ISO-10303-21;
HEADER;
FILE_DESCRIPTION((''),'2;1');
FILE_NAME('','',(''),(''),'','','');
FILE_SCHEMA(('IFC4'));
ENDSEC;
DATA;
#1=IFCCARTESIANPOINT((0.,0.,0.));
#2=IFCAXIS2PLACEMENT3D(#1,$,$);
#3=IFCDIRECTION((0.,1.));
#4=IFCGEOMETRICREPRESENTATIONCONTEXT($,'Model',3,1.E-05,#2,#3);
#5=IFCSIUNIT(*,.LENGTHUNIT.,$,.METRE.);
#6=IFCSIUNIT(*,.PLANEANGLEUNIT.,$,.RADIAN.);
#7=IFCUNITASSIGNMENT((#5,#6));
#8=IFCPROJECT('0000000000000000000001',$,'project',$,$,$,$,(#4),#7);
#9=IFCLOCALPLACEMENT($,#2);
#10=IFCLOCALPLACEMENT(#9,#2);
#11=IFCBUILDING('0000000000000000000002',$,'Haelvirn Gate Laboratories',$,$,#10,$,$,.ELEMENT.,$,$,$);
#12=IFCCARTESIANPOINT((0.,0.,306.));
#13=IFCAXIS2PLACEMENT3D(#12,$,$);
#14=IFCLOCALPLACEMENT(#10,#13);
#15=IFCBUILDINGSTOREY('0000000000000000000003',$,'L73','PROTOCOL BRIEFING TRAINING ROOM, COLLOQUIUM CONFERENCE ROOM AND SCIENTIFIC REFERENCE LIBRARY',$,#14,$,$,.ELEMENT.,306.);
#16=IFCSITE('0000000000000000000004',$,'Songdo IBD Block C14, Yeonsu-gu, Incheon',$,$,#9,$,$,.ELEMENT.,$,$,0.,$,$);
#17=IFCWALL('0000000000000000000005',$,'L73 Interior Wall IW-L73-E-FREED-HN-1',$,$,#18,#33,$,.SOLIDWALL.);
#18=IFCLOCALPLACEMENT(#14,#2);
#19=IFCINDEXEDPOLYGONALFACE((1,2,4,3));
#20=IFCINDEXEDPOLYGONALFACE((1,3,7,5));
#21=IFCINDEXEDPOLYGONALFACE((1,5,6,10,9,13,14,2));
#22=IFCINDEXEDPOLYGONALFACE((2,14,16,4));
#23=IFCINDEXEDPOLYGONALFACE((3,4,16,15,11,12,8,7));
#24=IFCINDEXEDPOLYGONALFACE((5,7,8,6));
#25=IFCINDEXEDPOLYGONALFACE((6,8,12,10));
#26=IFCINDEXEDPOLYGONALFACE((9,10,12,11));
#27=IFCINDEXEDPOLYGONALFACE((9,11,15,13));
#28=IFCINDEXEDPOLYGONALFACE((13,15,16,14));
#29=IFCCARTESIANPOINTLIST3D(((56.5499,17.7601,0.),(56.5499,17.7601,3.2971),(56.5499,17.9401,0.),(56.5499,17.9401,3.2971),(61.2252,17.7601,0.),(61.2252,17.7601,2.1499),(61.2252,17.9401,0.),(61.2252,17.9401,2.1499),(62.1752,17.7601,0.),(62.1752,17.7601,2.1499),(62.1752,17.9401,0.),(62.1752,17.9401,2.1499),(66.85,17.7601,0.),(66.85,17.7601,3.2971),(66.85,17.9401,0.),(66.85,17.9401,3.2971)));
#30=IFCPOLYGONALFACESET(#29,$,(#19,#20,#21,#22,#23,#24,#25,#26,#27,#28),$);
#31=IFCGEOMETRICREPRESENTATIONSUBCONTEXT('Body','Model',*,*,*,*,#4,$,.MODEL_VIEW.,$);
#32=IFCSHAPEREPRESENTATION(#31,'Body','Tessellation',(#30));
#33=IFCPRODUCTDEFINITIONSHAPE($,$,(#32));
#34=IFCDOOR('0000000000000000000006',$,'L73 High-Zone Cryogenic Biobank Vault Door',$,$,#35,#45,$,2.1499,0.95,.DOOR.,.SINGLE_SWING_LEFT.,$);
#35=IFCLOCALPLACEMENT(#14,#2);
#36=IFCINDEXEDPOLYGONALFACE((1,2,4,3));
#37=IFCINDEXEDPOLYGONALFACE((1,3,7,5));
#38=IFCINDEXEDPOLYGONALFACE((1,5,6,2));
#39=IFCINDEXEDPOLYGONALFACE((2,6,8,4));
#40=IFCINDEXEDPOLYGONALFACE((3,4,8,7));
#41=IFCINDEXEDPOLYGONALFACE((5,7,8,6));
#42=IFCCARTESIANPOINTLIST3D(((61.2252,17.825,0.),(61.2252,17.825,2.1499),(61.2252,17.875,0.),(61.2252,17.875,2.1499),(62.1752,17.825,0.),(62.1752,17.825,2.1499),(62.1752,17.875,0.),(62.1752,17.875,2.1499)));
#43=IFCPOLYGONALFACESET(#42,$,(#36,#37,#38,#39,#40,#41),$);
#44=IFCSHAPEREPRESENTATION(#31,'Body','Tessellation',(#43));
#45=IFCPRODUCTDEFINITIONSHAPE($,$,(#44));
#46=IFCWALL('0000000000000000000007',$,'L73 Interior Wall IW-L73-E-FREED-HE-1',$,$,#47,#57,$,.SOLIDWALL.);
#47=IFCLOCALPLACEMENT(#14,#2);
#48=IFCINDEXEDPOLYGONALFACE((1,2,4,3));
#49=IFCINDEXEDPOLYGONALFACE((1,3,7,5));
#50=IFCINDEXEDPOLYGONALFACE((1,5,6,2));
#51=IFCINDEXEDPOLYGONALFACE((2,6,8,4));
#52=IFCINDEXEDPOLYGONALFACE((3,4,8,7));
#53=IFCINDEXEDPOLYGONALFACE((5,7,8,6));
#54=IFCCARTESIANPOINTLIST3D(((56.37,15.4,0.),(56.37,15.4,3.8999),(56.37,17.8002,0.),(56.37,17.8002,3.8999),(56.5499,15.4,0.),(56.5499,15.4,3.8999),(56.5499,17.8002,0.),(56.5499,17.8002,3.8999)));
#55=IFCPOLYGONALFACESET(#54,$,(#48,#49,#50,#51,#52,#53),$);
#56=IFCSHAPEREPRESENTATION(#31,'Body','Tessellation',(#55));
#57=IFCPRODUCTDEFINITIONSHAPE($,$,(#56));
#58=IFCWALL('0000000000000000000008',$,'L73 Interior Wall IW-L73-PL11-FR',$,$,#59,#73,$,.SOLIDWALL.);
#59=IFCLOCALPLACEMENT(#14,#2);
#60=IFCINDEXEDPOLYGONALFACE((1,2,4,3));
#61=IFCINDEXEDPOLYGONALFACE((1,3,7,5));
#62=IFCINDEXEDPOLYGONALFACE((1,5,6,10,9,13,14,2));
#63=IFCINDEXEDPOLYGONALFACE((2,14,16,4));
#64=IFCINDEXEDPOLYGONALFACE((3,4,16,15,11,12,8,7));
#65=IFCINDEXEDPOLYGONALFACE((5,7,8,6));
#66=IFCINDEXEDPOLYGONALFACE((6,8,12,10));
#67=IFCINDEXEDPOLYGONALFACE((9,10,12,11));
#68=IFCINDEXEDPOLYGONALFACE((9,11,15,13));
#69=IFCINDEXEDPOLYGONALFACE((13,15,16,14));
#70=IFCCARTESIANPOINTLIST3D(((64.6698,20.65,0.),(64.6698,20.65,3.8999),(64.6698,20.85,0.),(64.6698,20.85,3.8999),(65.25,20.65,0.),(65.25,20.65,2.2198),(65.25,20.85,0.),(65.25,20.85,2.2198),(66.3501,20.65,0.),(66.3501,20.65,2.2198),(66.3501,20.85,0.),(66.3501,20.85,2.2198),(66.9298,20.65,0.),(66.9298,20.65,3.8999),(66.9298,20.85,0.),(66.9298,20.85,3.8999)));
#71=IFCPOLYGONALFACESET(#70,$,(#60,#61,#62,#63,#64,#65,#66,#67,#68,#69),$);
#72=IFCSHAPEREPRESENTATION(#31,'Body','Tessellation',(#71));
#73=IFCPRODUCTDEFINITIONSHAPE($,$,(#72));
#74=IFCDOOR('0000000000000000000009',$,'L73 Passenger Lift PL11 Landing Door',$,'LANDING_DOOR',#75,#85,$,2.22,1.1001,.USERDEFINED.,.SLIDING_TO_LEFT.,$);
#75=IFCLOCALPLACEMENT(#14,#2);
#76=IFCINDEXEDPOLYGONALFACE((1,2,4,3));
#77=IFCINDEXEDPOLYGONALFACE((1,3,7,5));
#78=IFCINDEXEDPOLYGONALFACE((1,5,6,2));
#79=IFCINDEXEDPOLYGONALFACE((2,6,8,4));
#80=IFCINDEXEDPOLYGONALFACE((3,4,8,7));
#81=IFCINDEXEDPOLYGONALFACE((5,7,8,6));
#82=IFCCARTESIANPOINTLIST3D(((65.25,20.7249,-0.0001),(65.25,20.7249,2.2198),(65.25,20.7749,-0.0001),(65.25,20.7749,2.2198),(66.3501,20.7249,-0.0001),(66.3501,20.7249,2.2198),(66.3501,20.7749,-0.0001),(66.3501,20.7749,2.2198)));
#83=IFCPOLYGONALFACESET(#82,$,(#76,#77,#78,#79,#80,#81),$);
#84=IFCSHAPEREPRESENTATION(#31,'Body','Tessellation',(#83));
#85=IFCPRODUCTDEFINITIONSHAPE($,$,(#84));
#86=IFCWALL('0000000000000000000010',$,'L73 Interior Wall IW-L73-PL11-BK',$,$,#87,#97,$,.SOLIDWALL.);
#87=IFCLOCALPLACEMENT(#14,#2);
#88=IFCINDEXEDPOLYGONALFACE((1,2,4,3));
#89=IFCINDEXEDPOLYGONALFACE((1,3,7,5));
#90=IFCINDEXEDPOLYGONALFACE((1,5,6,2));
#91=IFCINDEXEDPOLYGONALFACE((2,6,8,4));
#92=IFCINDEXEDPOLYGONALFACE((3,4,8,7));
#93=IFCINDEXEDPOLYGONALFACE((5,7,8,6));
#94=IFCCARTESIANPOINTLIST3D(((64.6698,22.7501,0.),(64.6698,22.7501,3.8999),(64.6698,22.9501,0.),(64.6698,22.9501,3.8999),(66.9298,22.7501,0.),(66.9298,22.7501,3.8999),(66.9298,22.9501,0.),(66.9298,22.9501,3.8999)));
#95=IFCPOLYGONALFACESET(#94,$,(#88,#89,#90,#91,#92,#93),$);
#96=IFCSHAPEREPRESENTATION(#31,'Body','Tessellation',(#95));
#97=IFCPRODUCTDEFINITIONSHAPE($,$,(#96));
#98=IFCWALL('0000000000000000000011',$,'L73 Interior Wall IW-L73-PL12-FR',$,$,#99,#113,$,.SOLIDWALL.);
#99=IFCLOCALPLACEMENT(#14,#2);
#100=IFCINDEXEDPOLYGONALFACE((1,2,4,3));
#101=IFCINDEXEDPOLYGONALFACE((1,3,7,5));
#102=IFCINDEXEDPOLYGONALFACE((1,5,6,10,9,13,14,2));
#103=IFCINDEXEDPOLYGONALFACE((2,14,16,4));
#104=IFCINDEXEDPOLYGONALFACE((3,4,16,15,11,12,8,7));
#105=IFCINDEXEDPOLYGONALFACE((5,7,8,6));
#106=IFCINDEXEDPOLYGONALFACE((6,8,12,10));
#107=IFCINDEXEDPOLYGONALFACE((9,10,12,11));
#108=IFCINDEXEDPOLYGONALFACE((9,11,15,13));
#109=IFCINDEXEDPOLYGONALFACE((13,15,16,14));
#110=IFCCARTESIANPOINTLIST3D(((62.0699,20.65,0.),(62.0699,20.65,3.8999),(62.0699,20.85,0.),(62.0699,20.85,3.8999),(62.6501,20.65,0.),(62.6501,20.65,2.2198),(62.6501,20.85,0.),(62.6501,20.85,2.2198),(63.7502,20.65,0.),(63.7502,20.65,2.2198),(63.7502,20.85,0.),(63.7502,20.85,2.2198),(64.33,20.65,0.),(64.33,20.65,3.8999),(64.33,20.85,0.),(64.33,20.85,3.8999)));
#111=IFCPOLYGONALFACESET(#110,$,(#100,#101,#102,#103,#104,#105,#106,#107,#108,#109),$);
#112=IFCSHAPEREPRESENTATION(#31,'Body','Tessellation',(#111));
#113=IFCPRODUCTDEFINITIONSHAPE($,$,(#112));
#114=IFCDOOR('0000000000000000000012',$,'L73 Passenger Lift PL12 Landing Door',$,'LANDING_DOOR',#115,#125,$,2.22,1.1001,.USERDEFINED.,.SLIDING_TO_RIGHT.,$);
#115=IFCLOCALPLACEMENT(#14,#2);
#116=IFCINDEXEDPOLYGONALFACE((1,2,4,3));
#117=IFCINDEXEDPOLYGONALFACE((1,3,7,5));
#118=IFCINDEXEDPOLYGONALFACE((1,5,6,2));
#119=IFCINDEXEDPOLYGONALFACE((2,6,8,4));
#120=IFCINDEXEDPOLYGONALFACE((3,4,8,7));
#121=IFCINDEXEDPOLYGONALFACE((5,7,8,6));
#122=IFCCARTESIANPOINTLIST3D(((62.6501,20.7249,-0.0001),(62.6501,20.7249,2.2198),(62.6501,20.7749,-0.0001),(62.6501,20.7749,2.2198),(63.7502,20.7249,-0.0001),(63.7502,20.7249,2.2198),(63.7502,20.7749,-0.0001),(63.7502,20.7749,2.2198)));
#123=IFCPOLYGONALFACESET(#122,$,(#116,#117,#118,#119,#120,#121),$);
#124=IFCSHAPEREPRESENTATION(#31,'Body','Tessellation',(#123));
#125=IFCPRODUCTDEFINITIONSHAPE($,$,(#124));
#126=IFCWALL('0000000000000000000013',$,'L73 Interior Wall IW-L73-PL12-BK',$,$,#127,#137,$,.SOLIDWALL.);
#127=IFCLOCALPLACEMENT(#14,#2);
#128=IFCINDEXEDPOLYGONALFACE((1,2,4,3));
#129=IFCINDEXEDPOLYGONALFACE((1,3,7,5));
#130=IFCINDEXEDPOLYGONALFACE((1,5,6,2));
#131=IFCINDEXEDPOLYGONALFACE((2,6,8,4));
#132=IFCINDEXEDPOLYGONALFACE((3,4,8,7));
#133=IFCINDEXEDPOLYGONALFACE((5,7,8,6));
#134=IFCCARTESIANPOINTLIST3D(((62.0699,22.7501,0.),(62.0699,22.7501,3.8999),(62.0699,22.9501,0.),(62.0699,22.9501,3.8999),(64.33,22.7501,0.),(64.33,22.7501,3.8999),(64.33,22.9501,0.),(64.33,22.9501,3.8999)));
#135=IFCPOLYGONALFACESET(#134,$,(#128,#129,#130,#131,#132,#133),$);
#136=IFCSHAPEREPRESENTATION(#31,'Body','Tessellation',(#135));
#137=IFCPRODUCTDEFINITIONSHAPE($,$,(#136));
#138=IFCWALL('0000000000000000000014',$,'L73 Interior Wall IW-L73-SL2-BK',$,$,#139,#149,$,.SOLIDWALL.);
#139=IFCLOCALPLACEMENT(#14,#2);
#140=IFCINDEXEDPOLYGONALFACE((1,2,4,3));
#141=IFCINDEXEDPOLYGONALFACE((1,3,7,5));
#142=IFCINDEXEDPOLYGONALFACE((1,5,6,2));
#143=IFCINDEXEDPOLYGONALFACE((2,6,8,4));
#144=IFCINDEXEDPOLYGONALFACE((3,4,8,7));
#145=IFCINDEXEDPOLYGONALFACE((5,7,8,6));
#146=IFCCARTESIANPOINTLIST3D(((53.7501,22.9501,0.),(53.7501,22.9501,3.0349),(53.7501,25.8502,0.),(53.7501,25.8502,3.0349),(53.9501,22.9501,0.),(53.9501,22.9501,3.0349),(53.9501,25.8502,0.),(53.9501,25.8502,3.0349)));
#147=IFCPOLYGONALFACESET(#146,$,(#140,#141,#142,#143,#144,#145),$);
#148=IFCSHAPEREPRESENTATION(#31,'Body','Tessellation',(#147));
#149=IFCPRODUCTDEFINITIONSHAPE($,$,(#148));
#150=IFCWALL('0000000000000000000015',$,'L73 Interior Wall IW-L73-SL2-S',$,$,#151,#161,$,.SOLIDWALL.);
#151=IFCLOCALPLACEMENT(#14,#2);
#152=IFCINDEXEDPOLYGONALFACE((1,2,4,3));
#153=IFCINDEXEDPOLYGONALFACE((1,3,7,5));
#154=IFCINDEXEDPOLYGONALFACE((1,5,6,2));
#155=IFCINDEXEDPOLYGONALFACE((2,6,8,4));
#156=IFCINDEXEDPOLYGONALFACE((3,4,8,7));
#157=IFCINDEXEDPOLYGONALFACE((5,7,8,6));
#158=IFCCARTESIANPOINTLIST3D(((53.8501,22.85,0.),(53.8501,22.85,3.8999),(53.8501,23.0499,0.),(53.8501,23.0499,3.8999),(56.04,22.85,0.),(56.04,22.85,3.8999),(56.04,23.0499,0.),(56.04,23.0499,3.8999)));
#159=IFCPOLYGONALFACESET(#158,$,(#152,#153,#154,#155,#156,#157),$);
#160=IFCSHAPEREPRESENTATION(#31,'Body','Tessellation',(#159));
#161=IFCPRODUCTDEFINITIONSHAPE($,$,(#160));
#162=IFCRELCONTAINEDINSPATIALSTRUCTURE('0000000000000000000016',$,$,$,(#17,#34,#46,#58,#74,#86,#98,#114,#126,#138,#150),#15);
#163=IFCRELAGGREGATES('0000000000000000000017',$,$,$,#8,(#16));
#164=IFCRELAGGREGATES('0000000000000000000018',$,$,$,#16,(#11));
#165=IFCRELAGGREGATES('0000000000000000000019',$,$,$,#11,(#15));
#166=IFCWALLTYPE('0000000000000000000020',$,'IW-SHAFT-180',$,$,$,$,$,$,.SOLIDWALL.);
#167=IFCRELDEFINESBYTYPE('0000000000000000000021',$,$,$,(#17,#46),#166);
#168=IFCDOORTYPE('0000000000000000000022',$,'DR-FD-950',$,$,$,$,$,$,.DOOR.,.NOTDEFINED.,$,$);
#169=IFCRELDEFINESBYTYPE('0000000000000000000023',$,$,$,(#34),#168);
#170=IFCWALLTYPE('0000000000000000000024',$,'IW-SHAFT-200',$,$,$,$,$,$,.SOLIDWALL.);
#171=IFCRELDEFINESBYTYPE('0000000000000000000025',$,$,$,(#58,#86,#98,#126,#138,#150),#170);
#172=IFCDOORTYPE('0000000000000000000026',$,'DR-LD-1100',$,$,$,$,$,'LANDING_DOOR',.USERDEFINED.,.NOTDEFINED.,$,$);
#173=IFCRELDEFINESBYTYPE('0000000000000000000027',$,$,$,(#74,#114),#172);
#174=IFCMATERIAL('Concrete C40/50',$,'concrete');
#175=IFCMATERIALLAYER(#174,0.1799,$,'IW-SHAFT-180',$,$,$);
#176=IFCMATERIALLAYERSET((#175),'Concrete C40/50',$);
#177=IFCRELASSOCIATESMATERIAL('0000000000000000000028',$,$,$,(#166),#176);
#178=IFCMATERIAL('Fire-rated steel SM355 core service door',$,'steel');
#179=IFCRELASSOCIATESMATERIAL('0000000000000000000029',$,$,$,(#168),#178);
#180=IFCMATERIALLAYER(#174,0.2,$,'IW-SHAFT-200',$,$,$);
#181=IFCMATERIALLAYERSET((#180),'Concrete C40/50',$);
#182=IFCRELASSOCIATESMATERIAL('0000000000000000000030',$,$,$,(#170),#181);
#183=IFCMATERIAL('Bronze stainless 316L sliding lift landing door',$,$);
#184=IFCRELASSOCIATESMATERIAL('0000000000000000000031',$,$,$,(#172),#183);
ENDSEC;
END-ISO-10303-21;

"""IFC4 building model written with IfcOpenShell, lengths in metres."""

from ifc_helpers import new_model, si_unit, direction, frame, frame_2d, origin, place, context, subcontext, project, spatial, rectangle, extrude, source, transform, mapped, material, layer, layer_set, type_object, type_shapes, element, fill, save


model = new_model("IFC4")

# Units and contexts
model_context = context("Model", 3, precision=1e-05, world=origin(), true_north=direction((0.0, 1.0)))
body_context = subcontext(model_context, "Body", "Model", "MODEL_VIEW")
ifc_project = project(units=[si_unit("LENGTHUNIT", "METRE"), si_unit("PLANEANGLEUNIT", "RADIAN")], contexts=[model_context])

# Site, building, storey
site_placement = place(None, origin())
site = spatial("IfcSite", under=ifc_project, at=site_placement, Name="Songdo IBD Block C14, Yeonsu-gu, Incheon", CompositionType="ELEMENT", RefElevation=0.0)
building_placement = place(site_placement, origin())
building = spatial("IfcBuilding", under=site, at=building_placement, Name="Haelvirn Gate Laboratories", CompositionType="ELEMENT")
storey_placement = place(building_placement, frame((0.0, 0.0, 306.0)))
storey = spatial("IfcBuildingStorey", under=building, at=storey_placement, Name="L73", Description="PROTOCOL BRIEFING TRAINING ROOM, COLLOQUIUM CONFERENCE ROOM AND SCIENTIFIC REFERENCE LIBRARY", CompositionType="ELEMENT", Elevation=306.0)

# Shared definitions
ifc_material_1 = material(Name="Concrete C40/50", Category="concrete")
ifc_layer_1 = layer(ifc_material_1, 0.1799, Name="IW-SHAFT-180")
ifc_layer_set_1 = layer_set([ifc_layer_1], Name="Concrete C40/50")
wall_type_1 = type_object("IfcWallType", Name="IW-SHAFT-180", PredefinedType="SOLIDWALL", material=ifc_layer_set_1)

# Wall, opening, door
wall_1_placement = place(storey_placement, frame((56.55, 17.8501, 0.0), z_axis=(0.0, 0.0, 1.0), x_axis=(1.0, 0.0, 0.0)))
wall_1 = element("IfcWall", 1, at=wall_1_placement, inside=storey, type_object=wall_type_1, Name="L73 Interior Wall IW-L73-E-FREED-HN-1", PredefinedType="SOLIDWALL", context=body_context, shape_type="SweptSolid", body=[
    extrude(rectangle(XDim=10.3, YDim=0.1799, at=frame_2d((5.1499, 0.0))), origin(), (0.0, 0.0, 1.0), 3.2971),
])
opening_1_placement = place(wall_1_placement, frame((4.675, 0.0, 0.0)))
opening_1 = element("IfcOpeningElement", 2, at=opening_1_placement, cuts=wall_1, PredefinedType="OPENING", context=body_context, shape_type="SweptSolid", body=[
    extrude(rectangle(XDim=0.95, YDim=2.1499, at=frame_2d((0.4751, 1.075))), frame((0.0, 0.1001, 0.0), z_axis=(0.0, -1.0, 0.0), x_axis=(1.0, 0.0, 0.0)), (0.0, 0.0, 1.0), 0.2),
])
ifc_material_2 = material(Name="Fire-rated steel SM355 core service door", Category="steel")
door_type_1 = type_object("IfcDoorType", Name="DR-FD-950", OperationType="NOTDEFINED", PredefinedType="DOOR", material=ifc_material_2)
shared_shape_1 = source(origin(), body_context, "Body", "SweptSolid", [
    extrude(rectangle(XDim=0.95, YDim=2.1499, at=frame_2d((0.4751, 1.075))), frame((0.0, 0.0249, 0.0), z_axis=(0.0, -1.0, 0.0), x_axis=(1.0, 0.0, 0.0)), (0.0, 0.0, 1.0), 0.05),
])
type_shapes(door_type_1, [shared_shape_1])
door_1_placement = place(opening_1_placement, origin())
door_1 = element("IfcDoor", 3, at=door_1_placement, inside=storey, type_object=door_type_1, Name="L73 High-Zone Cryogenic Biobank Vault Door", OperationType="SINGLE_SWING_LEFT", OverallHeight=2.1499, OverallWidth=0.95, PredefinedType="DOOR", context=body_context, shape_type="MappedRepresentation", body=[
    mapped(shared_shape_1, transform((0.0, 0.0, 0.0), scale=1.0)),
])
fill(opening_1, door_1)

# Wall
wall_2_placement = place(storey_placement, frame((56.46, 15.3999, 0.0), z_axis=(0.0, 0.0, 1.0), x_axis=(0.0, 1.0, 0.0)))
element("IfcWall", 4, at=wall_2_placement, inside=storey, type_object=wall_type_1, Name="L73 Interior Wall IW-L73-E-FREED-HE-1", PredefinedType="SOLIDWALL", context=body_context, shape_type="SweptSolid", body=[
    extrude(rectangle(XDim=2.4001, YDim=0.1799, at=frame_2d((1.2002, 0.0))), origin(), (0.0, 0.0, 1.0), 3.8999),
])

# Wall, opening, door
ifc_layer_2 = layer(ifc_material_1, 0.2, Name="IW-SHAFT-200")
ifc_layer_set_2 = layer_set([ifc_layer_2], Name="Concrete C40/50")
wall_type_2 = type_object("IfcWallType", Name="IW-SHAFT-200", PredefinedType="SOLIDWALL", material=ifc_layer_set_2)
wall_3_placement = place(storey_placement, frame((64.6699, 20.75, 0.0), z_axis=(0.0, 0.0, 1.0), x_axis=(1.0, 0.0, 0.0)))
wall_3 = element("IfcWall", 5, at=wall_3_placement, inside=storey, type_object=wall_type_2, Name="L73 Interior Wall IW-L73-PL11-FR", PredefinedType="SOLIDWALL", context=body_context, shape_type="SweptSolid", body=[
    extrude(rectangle(XDim=2.26, YDim=0.2, at=frame_2d((1.1299, 0.0))), origin(), (0.0, 0.0, 1.0), 3.8999),
])
opening_2_placement = place(wall_3_placement, frame((0.5801, 0.0, 0.0)))
opening_2 = element("IfcOpeningElement", 6, at=opening_2_placement, cuts=wall_3, PredefinedType="OPENING", context=body_context, shape_type="SweptSolid", body=[
    extrude(rectangle(XDim=1.1001, YDim=2.22, at=frame_2d((0.55, 1.1099))), frame((0.0, 0.1099, 0.0), z_axis=(0.0, -1.0, 0.0), x_axis=(1.0, 0.0, 0.0)), (0.0, 0.0, 1.0), 0.22),
])
ifc_material_3 = material(Name="Bronze stainless 316L sliding lift landing door")
door_type_2 = type_object("IfcDoorType", Name="DR-LD-1100", ElementType="LANDING_DOOR", OperationType="NOTDEFINED", PredefinedType="USERDEFINED", material=ifc_material_3)
shared_shape_2 = source(origin(), body_context, "Body", "SweptSolid", [
    extrude(rectangle(XDim=1.1001, YDim=2.22, at=frame_2d((0.55, 1.1099))), frame((0.0, 0.0249, 0.0), z_axis=(0.0, -1.0, 0.0), x_axis=(1.0, 0.0, 0.0)), (0.0, 0.0, 1.0), 0.05),
])
type_shapes(door_type_2, [shared_shape_2])
door_2_placement = place(opening_2_placement, origin())
door_2 = element("IfcDoor", 7, at=door_2_placement, inside=storey, type_object=door_type_2, Name="L73 Passenger Lift PL11 Landing Door", ObjectType="LANDING_DOOR", OperationType="SLIDING_TO_LEFT", OverallHeight=2.22, OverallWidth=1.1001, PredefinedType="USERDEFINED", context=body_context, shape_type="MappedRepresentation", body=[
    mapped(shared_shape_2, transform((0.0, 0.0, 0.0), scale=1.0)),
])
fill(opening_2, door_2)

# Wall
wall_4_placement = place(storey_placement, frame((64.6699, 22.8501, 0.0), z_axis=(0.0, 0.0, 1.0), x_axis=(1.0, 0.0, 0.0)))
element("IfcWall", 8, at=wall_4_placement, inside=storey, type_object=wall_type_2, Name="L73 Interior Wall IW-L73-PL11-BK", PredefinedType="SOLIDWALL", context=body_context, shape_type="SweptSolid", body=[
    extrude(rectangle(XDim=2.26, YDim=0.2, at=frame_2d((1.1299, 0.0))), origin(), (0.0, 0.0, 1.0), 3.8999),
])

# Wall, opening, door
wall_5_placement = place(storey_placement, frame((62.0701, 20.75, 0.0), z_axis=(0.0, 0.0, 1.0), x_axis=(1.0, 0.0, 0.0)))
wall_5 = element("IfcWall", 9, at=wall_5_placement, inside=storey, type_object=wall_type_2, Name="L73 Interior Wall IW-L73-PL12-FR", PredefinedType="SOLIDWALL", context=body_context, shape_type="SweptSolid", body=[
    extrude(rectangle(XDim=2.26, YDim=0.2, at=frame_2d((1.1299, 0.0))), origin(), (0.0, 0.0, 1.0), 3.8999),
])
opening_3_placement = place(wall_5_placement, frame((0.5801, 0.0, 0.0)))
opening_3 = element("IfcOpeningElement", 10, at=opening_3_placement, cuts=wall_5, PredefinedType="OPENING", context=body_context, shape_type="SweptSolid", body=[
    extrude(rectangle(XDim=1.1001, YDim=2.22, at=frame_2d((0.55, 1.1099))), frame((0.0, 0.1099, 0.0), z_axis=(0.0, -1.0, 0.0), x_axis=(1.0, 0.0, 0.0)), (0.0, 0.0, 1.0), 0.22),
])
door_3_placement = place(opening_3_placement, origin())
door_3 = element("IfcDoor", 11, at=door_3_placement, inside=storey, type_object=door_type_2, Name="L73 Passenger Lift PL12 Landing Door", ObjectType="LANDING_DOOR", OperationType="SLIDING_TO_RIGHT", OverallHeight=2.22, OverallWidth=1.1001, PredefinedType="USERDEFINED", context=body_context, shape_type="MappedRepresentation", body=[
    mapped(shared_shape_2, transform((0.0, 0.0, 0.0), scale=1.0)),
])
fill(opening_3, door_3)

# Walls
wall_6_placement = place(storey_placement, frame((62.0701, 22.8501, 0.0), z_axis=(0.0, 0.0, 1.0), x_axis=(1.0, 0.0, 0.0)))
element("IfcWall", 12, at=wall_6_placement, inside=storey, type_object=wall_type_2, Name="L73 Interior Wall IW-L73-PL12-BK", PredefinedType="SOLIDWALL", context=body_context, shape_type="SweptSolid", body=[
    extrude(rectangle(XDim=2.26, YDim=0.2, at=frame_2d((1.1299, 0.0))), origin(), (0.0, 0.0, 1.0), 3.8999),
])
wall_7_placement = place(storey_placement, frame((53.8501, 22.95, 0.0), z_axis=(0.0, 0.0, 1.0), x_axis=(0.0, 1.0, 0.0)))
element("IfcWall", 13, at=wall_7_placement, inside=storey, type_object=wall_type_2, Name="L73 Interior Wall IW-L73-SL2-BK", PredefinedType="SOLIDWALL", context=body_context, shape_type="SweptSolid", body=[
    extrude(rectangle(XDim=2.9001, YDim=0.2, at=frame_2d((1.4502, 0.0))), origin(), (0.0, 0.0, 1.0), 3.0349),
])
wall_8_placement = place(storey_placement, frame((53.8501, 22.95, 0.0), z_axis=(0.0, 0.0, 1.0), x_axis=(1.0, 0.0, 0.0)))
element("IfcWall", 14, at=wall_8_placement, inside=storey, type_object=wall_type_2, Name="L73 Interior Wall IW-L73-SL2-S", PredefinedType="SOLIDWALL", context=body_context, shape_type="SweptSolid", body=[
    extrude(rectangle(XDim=2.1899, YDim=0.2, at=frame_2d((1.095, 0.0))), origin(), (0.0, 0.0, 1.0), 3.8999),
])

save(model, "model.ifc")
